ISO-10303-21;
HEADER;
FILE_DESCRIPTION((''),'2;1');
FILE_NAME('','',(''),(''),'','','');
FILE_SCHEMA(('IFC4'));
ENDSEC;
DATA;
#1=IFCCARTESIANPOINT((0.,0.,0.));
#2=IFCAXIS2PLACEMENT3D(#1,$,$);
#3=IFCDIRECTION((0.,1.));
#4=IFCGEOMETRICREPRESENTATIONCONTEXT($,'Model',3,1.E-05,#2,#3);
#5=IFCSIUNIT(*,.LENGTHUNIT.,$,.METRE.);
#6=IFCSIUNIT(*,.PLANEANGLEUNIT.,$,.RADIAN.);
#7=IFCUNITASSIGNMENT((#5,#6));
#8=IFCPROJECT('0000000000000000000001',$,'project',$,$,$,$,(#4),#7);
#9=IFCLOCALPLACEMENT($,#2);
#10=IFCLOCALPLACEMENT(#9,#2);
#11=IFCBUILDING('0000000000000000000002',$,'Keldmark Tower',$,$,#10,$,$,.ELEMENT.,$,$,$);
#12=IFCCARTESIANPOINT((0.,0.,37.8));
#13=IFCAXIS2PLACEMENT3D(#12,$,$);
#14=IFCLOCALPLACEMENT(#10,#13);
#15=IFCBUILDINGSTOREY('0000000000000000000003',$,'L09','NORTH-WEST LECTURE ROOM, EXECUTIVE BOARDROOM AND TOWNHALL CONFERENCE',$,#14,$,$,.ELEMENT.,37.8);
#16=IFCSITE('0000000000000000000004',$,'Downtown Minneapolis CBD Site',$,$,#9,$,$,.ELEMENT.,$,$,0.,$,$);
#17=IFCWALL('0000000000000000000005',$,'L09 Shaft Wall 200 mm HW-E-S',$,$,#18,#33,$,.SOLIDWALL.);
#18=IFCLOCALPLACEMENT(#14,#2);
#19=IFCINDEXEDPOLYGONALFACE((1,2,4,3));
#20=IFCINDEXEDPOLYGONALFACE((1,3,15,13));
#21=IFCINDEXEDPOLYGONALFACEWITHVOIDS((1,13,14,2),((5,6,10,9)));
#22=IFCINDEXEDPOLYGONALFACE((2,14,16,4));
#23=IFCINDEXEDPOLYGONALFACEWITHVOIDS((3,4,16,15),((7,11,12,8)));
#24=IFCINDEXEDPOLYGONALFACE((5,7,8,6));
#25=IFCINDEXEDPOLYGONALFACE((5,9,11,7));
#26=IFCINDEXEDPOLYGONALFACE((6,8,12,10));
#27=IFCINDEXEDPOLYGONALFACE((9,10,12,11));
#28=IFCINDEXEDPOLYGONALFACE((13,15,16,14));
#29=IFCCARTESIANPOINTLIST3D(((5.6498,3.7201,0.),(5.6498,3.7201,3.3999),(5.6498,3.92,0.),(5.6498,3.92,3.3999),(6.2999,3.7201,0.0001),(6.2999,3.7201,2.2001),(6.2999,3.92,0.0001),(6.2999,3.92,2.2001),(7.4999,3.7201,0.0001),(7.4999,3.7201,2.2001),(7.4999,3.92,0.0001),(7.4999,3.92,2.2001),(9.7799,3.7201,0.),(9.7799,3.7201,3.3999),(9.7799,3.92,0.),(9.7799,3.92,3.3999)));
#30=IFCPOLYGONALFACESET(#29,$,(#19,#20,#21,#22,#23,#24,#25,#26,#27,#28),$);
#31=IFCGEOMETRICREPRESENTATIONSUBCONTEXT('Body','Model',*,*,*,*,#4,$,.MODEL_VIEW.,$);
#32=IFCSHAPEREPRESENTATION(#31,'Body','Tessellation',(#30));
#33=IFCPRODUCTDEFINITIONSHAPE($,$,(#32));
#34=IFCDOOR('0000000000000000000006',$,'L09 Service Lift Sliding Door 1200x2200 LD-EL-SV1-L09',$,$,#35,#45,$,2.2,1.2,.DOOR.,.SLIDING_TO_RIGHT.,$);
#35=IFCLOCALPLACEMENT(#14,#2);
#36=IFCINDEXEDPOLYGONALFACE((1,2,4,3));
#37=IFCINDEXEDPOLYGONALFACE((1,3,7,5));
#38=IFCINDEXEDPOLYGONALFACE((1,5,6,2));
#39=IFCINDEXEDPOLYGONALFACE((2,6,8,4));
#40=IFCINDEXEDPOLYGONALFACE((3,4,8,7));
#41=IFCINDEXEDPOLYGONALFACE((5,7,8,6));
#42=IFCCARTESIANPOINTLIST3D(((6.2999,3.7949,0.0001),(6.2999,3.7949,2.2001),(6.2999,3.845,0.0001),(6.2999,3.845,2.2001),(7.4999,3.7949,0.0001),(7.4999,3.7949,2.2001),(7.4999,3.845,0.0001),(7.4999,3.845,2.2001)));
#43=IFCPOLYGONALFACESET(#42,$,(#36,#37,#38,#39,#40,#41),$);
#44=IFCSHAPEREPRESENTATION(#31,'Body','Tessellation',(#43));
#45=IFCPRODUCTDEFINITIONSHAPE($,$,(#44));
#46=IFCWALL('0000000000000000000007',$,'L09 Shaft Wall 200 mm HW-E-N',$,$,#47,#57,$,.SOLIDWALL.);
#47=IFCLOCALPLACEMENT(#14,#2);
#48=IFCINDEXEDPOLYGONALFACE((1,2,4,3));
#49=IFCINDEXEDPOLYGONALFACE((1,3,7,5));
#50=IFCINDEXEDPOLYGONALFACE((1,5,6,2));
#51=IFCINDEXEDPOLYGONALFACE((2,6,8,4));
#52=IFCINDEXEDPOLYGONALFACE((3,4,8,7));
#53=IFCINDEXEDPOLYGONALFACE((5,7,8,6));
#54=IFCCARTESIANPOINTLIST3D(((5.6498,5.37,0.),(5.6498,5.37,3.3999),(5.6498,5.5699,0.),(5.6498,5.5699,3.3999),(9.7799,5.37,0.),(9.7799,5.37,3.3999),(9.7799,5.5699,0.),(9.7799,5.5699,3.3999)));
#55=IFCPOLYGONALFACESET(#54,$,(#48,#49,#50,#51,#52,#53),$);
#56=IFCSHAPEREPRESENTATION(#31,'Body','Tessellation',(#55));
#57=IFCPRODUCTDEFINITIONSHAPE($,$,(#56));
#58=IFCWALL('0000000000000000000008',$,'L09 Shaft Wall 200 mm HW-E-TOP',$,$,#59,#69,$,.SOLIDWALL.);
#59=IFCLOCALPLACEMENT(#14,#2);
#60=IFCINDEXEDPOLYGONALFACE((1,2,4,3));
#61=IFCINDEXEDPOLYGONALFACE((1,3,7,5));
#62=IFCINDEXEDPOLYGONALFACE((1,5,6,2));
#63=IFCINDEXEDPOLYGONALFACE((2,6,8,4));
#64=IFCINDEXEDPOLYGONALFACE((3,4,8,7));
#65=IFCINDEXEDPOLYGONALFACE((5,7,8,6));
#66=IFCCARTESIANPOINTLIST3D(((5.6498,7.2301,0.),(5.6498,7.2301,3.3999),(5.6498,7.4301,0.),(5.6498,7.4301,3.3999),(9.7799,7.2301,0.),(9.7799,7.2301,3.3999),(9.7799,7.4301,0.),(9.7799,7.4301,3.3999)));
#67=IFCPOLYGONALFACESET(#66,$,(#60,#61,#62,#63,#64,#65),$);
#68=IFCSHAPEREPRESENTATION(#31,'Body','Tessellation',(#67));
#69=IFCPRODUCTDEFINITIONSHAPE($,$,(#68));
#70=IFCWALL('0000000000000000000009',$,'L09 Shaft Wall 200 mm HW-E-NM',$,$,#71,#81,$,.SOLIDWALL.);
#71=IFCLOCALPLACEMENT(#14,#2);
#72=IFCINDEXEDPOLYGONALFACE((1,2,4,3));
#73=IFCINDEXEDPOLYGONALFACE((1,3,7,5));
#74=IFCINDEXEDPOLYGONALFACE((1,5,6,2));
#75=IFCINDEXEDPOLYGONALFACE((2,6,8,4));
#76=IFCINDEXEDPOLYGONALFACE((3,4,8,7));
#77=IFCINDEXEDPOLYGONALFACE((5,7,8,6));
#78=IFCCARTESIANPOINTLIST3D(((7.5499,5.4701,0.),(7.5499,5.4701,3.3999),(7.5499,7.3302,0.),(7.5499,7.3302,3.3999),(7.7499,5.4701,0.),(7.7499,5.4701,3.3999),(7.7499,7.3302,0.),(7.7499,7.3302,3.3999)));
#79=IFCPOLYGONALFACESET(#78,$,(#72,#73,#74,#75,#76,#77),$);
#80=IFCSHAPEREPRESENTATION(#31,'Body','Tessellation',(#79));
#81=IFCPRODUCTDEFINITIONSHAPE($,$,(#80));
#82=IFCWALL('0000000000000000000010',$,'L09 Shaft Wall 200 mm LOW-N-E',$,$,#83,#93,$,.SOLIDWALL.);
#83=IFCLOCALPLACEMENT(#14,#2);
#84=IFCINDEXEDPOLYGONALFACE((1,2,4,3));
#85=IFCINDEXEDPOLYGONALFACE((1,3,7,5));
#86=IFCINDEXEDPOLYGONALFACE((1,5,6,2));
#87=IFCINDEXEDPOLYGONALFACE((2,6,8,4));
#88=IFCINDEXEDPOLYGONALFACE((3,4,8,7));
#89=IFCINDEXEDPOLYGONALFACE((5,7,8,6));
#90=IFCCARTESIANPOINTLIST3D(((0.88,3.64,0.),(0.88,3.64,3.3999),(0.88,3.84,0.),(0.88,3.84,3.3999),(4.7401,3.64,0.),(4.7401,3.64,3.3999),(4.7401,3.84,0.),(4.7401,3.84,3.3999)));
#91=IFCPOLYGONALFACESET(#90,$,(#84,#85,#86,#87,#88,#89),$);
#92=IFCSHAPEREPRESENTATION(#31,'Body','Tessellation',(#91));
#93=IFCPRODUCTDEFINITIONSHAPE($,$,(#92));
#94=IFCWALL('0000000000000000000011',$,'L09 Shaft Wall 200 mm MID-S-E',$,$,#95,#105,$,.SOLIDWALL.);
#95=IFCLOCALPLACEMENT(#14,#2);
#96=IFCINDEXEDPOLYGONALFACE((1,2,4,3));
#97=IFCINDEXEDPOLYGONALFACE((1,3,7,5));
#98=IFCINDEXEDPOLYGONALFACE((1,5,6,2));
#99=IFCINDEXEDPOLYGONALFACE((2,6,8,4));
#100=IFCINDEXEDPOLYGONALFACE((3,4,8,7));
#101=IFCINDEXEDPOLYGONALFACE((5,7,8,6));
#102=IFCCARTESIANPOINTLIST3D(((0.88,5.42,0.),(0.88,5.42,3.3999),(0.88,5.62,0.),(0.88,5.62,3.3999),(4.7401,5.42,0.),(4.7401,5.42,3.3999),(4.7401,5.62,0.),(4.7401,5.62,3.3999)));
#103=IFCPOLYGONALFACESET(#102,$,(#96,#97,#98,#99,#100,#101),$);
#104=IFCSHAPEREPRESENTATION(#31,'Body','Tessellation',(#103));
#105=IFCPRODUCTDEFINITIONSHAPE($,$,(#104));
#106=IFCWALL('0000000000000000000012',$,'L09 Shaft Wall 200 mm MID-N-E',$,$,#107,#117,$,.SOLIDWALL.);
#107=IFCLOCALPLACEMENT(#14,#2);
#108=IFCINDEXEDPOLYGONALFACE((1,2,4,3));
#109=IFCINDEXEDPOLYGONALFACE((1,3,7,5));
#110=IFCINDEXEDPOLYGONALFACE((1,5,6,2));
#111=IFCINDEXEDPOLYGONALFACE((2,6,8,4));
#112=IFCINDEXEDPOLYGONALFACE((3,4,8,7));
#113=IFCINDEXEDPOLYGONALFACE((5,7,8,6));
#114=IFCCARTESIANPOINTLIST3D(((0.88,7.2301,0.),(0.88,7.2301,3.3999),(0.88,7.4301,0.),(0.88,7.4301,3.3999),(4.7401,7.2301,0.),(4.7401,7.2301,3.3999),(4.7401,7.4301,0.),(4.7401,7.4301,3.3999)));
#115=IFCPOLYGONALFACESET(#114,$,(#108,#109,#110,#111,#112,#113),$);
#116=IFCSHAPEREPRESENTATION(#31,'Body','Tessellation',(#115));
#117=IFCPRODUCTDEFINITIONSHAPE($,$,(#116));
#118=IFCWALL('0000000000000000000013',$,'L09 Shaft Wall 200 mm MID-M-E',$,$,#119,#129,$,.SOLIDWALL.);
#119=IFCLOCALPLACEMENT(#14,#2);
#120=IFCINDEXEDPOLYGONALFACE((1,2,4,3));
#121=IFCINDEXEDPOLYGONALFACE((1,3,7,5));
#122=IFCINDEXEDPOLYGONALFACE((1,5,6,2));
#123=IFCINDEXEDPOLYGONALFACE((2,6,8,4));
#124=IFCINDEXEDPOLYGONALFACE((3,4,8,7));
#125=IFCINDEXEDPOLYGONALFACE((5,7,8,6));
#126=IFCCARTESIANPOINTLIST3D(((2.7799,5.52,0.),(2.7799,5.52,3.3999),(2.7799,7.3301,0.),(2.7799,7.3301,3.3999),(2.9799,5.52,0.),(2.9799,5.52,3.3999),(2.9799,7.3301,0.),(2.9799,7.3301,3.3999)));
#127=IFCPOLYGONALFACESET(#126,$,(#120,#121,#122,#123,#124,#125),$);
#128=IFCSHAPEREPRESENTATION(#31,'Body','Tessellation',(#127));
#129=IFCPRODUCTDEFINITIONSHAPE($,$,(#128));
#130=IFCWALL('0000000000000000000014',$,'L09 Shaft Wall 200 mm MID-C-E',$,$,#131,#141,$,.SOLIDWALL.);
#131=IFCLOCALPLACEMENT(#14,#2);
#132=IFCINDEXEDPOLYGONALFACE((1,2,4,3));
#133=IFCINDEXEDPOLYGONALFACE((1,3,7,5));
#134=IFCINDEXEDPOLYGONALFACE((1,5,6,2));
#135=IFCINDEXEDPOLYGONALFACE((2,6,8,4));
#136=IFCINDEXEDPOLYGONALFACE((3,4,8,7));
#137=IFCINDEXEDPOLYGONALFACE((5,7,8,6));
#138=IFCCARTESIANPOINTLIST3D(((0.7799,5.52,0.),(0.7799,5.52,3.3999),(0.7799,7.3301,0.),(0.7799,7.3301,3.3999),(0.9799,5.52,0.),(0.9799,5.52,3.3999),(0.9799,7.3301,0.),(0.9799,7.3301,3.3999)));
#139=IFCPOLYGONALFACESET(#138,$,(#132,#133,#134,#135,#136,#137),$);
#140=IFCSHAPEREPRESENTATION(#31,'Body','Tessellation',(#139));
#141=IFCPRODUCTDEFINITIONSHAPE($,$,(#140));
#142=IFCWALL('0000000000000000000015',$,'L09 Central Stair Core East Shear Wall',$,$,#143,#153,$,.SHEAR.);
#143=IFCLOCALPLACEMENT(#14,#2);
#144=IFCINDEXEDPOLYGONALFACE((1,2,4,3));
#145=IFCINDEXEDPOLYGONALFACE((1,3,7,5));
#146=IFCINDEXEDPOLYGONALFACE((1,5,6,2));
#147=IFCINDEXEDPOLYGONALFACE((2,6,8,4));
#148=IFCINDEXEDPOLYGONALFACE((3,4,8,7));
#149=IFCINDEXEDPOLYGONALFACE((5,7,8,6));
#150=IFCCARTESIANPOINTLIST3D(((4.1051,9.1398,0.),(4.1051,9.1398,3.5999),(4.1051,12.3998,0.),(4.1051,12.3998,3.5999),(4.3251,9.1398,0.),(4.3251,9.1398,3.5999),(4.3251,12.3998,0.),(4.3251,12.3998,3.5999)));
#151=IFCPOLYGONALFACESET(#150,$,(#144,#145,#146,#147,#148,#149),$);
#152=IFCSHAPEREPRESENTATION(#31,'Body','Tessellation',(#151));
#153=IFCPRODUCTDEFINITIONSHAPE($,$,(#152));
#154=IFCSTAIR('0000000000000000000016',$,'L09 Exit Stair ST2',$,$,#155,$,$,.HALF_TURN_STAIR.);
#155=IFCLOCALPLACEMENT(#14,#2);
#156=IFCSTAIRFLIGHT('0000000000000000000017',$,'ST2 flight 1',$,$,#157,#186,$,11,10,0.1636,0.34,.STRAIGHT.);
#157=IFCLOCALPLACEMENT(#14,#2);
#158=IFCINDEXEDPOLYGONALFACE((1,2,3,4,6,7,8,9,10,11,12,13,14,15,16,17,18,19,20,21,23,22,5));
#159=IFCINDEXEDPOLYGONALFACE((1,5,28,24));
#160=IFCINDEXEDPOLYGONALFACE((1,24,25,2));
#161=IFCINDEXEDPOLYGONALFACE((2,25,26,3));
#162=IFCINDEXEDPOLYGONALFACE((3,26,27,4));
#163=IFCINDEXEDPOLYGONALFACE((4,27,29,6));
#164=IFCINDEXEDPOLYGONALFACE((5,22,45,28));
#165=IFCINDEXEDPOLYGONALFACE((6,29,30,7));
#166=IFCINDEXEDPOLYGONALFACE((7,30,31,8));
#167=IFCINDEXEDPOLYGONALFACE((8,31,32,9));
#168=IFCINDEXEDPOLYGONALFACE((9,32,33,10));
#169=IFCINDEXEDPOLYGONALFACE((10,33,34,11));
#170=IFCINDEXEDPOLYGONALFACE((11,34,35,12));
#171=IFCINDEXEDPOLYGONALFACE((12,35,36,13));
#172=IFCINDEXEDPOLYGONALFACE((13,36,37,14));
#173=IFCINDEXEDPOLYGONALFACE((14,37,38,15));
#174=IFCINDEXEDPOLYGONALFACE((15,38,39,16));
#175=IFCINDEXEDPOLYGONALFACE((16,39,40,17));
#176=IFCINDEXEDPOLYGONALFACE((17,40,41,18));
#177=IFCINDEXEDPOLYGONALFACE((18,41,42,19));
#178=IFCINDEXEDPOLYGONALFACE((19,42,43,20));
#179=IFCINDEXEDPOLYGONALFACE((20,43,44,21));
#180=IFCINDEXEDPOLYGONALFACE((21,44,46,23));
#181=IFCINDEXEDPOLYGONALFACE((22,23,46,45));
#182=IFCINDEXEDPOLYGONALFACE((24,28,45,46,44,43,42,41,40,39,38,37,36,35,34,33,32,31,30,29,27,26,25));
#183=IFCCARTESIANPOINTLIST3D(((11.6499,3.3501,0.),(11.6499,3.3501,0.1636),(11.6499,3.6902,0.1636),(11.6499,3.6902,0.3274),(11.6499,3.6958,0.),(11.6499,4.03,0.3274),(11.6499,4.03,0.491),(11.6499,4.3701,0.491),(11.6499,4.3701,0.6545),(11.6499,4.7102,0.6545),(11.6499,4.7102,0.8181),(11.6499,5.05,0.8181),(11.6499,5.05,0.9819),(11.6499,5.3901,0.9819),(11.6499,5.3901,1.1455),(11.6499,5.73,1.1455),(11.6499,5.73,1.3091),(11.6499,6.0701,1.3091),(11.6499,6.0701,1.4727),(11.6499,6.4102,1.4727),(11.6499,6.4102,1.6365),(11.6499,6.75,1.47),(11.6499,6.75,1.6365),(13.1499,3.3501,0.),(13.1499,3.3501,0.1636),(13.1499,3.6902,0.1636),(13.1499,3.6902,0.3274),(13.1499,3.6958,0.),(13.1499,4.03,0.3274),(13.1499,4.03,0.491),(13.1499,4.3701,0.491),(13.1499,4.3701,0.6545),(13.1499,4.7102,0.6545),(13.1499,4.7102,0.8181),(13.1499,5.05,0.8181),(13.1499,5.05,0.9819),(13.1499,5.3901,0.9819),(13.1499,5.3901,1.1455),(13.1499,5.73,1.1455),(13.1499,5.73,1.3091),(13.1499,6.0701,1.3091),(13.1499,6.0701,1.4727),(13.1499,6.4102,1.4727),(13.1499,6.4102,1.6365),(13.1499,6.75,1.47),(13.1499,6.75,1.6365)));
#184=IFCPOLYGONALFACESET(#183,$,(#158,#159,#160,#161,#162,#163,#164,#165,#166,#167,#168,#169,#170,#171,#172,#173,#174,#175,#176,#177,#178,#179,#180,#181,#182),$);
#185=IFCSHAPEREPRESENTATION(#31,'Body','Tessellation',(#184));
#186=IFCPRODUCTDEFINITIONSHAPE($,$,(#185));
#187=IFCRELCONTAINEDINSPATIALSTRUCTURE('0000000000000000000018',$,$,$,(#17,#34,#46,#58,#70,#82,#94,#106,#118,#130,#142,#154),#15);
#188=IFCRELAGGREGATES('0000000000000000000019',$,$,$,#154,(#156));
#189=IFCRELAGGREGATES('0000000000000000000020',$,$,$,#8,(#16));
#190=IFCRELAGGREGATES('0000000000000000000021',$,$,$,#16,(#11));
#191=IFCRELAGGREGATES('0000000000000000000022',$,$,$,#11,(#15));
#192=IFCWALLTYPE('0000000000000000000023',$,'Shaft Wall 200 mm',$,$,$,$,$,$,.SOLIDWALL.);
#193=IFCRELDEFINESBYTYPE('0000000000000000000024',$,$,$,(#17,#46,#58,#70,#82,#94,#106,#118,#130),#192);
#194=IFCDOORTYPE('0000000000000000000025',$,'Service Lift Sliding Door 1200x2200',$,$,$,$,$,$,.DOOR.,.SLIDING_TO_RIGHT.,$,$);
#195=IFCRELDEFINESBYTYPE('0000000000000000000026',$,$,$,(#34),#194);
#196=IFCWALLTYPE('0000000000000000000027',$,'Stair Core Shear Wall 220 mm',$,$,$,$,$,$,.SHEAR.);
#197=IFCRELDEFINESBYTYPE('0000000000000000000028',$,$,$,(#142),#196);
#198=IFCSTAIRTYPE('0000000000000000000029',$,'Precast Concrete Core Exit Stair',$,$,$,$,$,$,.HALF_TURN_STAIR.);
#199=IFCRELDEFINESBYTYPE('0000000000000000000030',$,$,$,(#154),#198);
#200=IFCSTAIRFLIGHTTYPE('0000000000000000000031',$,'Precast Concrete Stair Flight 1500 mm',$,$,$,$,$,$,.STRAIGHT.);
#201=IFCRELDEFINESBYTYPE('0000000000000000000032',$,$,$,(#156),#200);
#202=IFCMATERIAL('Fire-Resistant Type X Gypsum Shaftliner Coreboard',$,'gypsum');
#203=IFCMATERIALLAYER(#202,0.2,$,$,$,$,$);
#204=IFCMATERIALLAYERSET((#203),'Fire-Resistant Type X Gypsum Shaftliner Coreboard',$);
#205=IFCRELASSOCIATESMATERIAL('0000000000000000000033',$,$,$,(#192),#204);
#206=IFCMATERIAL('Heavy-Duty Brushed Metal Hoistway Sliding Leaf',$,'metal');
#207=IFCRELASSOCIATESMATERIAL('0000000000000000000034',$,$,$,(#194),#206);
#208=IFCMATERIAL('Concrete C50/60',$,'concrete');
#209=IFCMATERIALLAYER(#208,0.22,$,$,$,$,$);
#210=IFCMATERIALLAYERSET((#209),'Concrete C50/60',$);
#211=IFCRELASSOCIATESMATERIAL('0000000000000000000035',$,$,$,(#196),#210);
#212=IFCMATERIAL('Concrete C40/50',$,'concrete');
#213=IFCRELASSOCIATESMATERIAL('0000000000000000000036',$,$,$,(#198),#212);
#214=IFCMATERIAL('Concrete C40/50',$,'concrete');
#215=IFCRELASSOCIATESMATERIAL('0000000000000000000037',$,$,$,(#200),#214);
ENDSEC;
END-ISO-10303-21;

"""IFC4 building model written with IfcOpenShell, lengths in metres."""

from ifc_helpers import new_model, si_unit, direction, frame, frame_2d, origin, place, context, subcontext, project, spatial, polyline, rectangle, outline, extrude, material, layer, layer_set, type_object, element, fill, aggregate, save


model = new_model("IFC4")

# Units and contexts
model_context = context("Model", 3, precision=1e-05, world=origin(), true_north=direction((0.0, 1.0)))
body_context = subcontext(model_context, "Body", "Model", "MODEL_VIEW")
ifc_project = project(units=[si_unit("LENGTHUNIT", "METRE"), si_unit("PLANEANGLEUNIT", "RADIAN")], contexts=[model_context])

# Site, building, storey
site_placement = place(None, origin())
site = spatial("IfcSite", under=ifc_project, at=site_placement, Name="Downtown Minneapolis CBD Site", CompositionType="ELEMENT", RefElevation=0.0)
building_placement = place(site_placement, origin())
building = spatial("IfcBuilding", under=site, at=building_placement, Name="Keldmark Tower", CompositionType="ELEMENT")
storey_placement = place(building_placement, frame((0.0, 0.0, 37.8)))
storey = spatial("IfcBuildingStorey", under=building, at=storey_placement, Name="L09", Description="NORTH-WEST LECTURE ROOM, EXECUTIVE BOARDROOM AND TOWNHALL CONFERENCE", CompositionType="ELEMENT", Elevation=37.8)

# Wall, opening, door
ifc_material_1 = material(Name="Fire-Resistant Type X Gypsum Shaftliner Coreboard", Category="gypsum")
ifc_layer_1 = layer(ifc_material_1, 0.2)
ifc_layer_set_1 = layer_set([ifc_layer_1], Name="Fire-Resistant Type X Gypsum Shaftliner Coreboard")
wall_type_1 = type_object("IfcWallType", Name="Shaft Wall 200 mm", PredefinedType="SOLIDWALL", material=ifc_layer_set_1)
wall_1_placement = place(storey_placement, frame((5.6499, 3.8201, 0.0), z_axis=(0.0, 0.0, 1.0), x_axis=(1.0, 0.0, 0.0)))
wall_1 = element("IfcWall", 1, at=wall_1_placement, inside=storey, type_object=wall_type_1, Name="L09 Shaft Wall 200 mm HW-E-S", PredefinedType="SOLIDWALL", context=body_context, shape_type="SweptSolid", body=[
    extrude(rectangle(XDim=4.1301, YDim=0.2, at=frame_2d((2.0649, 0.0))), origin(), (0.0, 0.0, 1.0), 3.3999),
])
opening_1_placement = place(wall_1_placement, frame((0.6499, 0.0, 0.0)))
opening_1 = element("IfcOpeningElement", 2, at=opening_1_placement, cuts=wall_1, PredefinedType="OPENING", context=body_context, shape_type="SweptSolid", body=[
    extrude(rectangle(XDim=1.2, YDim=2.2, at=frame_2d((0.6001, 1.1001))), frame((0.0, 0.1099, 0.0), z_axis=(0.0, -1.0, 0.0), x_axis=(1.0, 0.0, 0.0)), (0.0, 0.0, 1.0), 0.22),
])
ifc_material_2 = material(Name="Heavy-Duty Brushed Metal Hoistway Sliding Leaf", Category="metal")
door_type_1 = type_object("IfcDoorType", Name="Service Lift Sliding Door 1200x2200", OperationType="SLIDING_TO_RIGHT", PredefinedType="DOOR", material=ifc_material_2)
door_1_placement = place(opening_1_placement, origin())
door_1 = element("IfcDoor", 3, at=door_1_placement, inside=storey, type_object=door_type_1, Name="L09 Service Lift Sliding Door 1200x2200 LD-EL-SV1-L09", OperationType="SLIDING_TO_RIGHT", OverallHeight=2.2, OverallWidth=1.2, PredefinedType="DOOR", context=body_context, shape_type="SweptSolid", body=[
    extrude(rectangle(XDim=1.2, YDim=2.2, at=frame_2d((0.6001, 1.1001))), frame((0.0, 0.0249, 0.0), z_axis=(0.0, -1.0, 0.0), x_axis=(1.0, 0.0, 0.0)), (0.0, 0.0, 1.0), 0.05),
])
fill(opening_1, door_1)

# Walls
for number, where, z_axis, x_axis, name in (
    (4, (5.6499, 5.47, 0.0), (0.0, 0.0, 1.0), (1.0, 0.0, 0.0), "L09 Shaft Wall 200 mm HW-E-N"),
    (5, (5.6499, 7.3301, 0.0), (0.0, 0.0, 1.0), (1.0, 0.0, 0.0), "L09 Shaft Wall 200 mm HW-E-TOP"),
):
    element("IfcWall", number, at=place(storey_placement, frame(where, z_axis=z_axis, x_axis=x_axis)), inside=storey, type_object=wall_type_1, Name=name, PredefinedType="SOLIDWALL", context=body_context, shape_type="SweptSolid", body=[
        extrude(rectangle(XDim=4.1301, YDim=0.2, at=frame_2d((2.0649, 0.0))), origin(), (0.0, 0.0, 1.0), 3.3999),
    ])
wall_2_placement = place(storey_placement, frame((7.6499, 5.47, 0.0), z_axis=(0.0, 0.0, 1.0), x_axis=(0.0, 1.0, 0.0)))
element("IfcWall", 6, at=wall_2_placement, inside=storey, type_object=wall_type_1, Name="L09 Shaft Wall 200 mm HW-E-NM", PredefinedType="SOLIDWALL", context=body_context, shape_type="SweptSolid", body=[
    extrude(rectangle(XDim=1.8601, YDim=0.2, at=frame_2d((0.9302, 0.0))), origin(), (0.0, 0.0, 1.0), 3.3999),
])
for number, where, z_axis, x_axis, name in (
    (7, (0.8799, 3.74, 0.0), (0.0, 0.0, 1.0), (1.0, 0.0, 0.0), "L09 Shaft Wall 200 mm LOW-N-E"),
    (8, (0.8799, 5.52, 0.0), (0.0, 0.0, 1.0), (1.0, 0.0, 0.0), "L09 Shaft Wall 200 mm MID-S-E"),
    (9, (0.8799, 7.3301, 0.0), (0.0, 0.0, 1.0), (1.0, 0.0, 0.0), "L09 Shaft Wall 200 mm MID-N-E"),
):
    element("IfcWall", number, at=place(storey_placement, frame(where, z_axis=z_axis, x_axis=x_axis)), inside=storey, type_object=wall_type_1, Name=name, PredefinedType="SOLIDWALL", context=body_context, shape_type="SweptSolid", body=[
        extrude(rectangle(XDim=3.8601, YDim=0.2, at=frame_2d((1.9302, 0.0))), origin(), (0.0, 0.0, 1.0), 3.3999),
    ])
for number, where, z_axis, x_axis, name in (
    (10, (2.8799, 5.52, 0.0), (0.0, 0.0, 1.0), (0.0, 1.0, 0.0), "L09 Shaft Wall 200 mm MID-M-E"),
    (11, (0.8799, 5.52, 0.0), (0.0, 0.0, 1.0), (0.0, 1.0, 0.0), "L09 Shaft Wall 200 mm MID-C-E"),
):
    element("IfcWall", number, at=place(storey_placement, frame(where, z_axis=z_axis, x_axis=x_axis)), inside=storey, type_object=wall_type_1, Name=name, PredefinedType="SOLIDWALL", context=body_context, shape_type="SweptSolid", body=[
        extrude(rectangle(XDim=1.8101, YDim=0.2, at=frame_2d((0.905, 0.0))), origin(), (0.0, 0.0, 1.0), 3.3999),
    ])
ifc_material_3 = material(Name="Concrete C50/60", Category="concrete")
ifc_layer_2 = layer(ifc_material_3, 0.22)
ifc_layer_set_2 = layer_set([ifc_layer_2], Name="Concrete C50/60")
wall_type_2 = type_object("IfcWallType", Name="Stair Core Shear Wall 220 mm", PredefinedType="SHEAR", material=ifc_layer_set_2)
wall_3_placement = place(storey_placement, frame((4.2151, 9.1399, 0.0), z_axis=(0.0, 0.0, 1.0), x_axis=(0.0, 1.0, 0.0)))
element("IfcWall", 12, at=wall_3_placement, inside=storey, type_object=wall_type_2, Name="L09 Central Stair Core East Shear Wall", PredefinedType="SHEAR", context=body_context, shape_type="SweptSolid", body=[
    extrude(rectangle(XDim=3.26, YDim=0.22, at=frame_2d((1.6299, 0.0))), origin(), (0.0, 0.0, 1.0), 3.5999),
])

# Stair, stair flight
ifc_material_4 = material(Name="Concrete C40/50", Category="concrete")
stair_type = type_object("IfcStairType", Name="Precast Concrete Core Exit Stair", PredefinedType="HALF_TURN_STAIR", material=ifc_material_4)
stair_placement = place(storey_placement, origin())
stair = element("IfcStair", 13, at=stair_placement, inside=storey, type_object=stair_type, Name="L09 Exit Stair ST2", PredefinedType="HALF_TURN_STAIR")
ifc_material_5 = material(Name="Concrete C40/50", Category="concrete")
stair_flight_type = type_object("IfcStairFlightType", Name="Precast Concrete Stair Flight 1500 mm", PredefinedType="STRAIGHT", material=ifc_material_5)
stair_flight_1_placement = place(storey_placement, frame((12.3999, 3.3501, 0.0), z_axis=(0.0, 0.0, 1.0), x_axis=(0.0, 1.0, 0.0)))
stair_flight_1 = element("IfcStairFlight", 14, at=stair_flight_1_placement, type_object=stair_flight_type, Name="ST2 flight 1", NumberOfRisers=11, NumberOfTreads=10, PredefinedType="STRAIGHT", RiserHeight=0.1636, TreadLength=0.34, context=body_context, shape_type="SweptSolid", body=[
    extrude(outline(polyline([(0.0, 0.0), (0.0, 0.1636), (0.3401, 0.1636), (0.3401, 0.3274), (0.6799, 0.3274), (0.6799, 0.491), (1.02, 0.491), (1.02, 0.6545), (1.3601, 0.6545), (1.3601, 0.8181), (1.7, 0.8181), (1.7, 0.9819), (2.04, 0.9819), (2.04, 1.1455), (2.3799, 1.1455), (2.3799, 1.3091), (2.72, 1.3091), (2.72, 1.4727), (3.0601, 1.4727), (3.0601, 1.6365), (3.3999, 1.6365), (3.3999, 1.8), (3.3999, 1.47), (0.3457, 0.0), (0.0, 0.0)])), frame((0.0, 0.75, 0.0), z_axis=(0.0, -1.0, 0.0), x_axis=(1.0, 0.0, 0.0)), (0.0, 0.0, 1.0), 1.5),
])
aggregate(stair, [stair_flight_1])

save(model, "model.ifc")
